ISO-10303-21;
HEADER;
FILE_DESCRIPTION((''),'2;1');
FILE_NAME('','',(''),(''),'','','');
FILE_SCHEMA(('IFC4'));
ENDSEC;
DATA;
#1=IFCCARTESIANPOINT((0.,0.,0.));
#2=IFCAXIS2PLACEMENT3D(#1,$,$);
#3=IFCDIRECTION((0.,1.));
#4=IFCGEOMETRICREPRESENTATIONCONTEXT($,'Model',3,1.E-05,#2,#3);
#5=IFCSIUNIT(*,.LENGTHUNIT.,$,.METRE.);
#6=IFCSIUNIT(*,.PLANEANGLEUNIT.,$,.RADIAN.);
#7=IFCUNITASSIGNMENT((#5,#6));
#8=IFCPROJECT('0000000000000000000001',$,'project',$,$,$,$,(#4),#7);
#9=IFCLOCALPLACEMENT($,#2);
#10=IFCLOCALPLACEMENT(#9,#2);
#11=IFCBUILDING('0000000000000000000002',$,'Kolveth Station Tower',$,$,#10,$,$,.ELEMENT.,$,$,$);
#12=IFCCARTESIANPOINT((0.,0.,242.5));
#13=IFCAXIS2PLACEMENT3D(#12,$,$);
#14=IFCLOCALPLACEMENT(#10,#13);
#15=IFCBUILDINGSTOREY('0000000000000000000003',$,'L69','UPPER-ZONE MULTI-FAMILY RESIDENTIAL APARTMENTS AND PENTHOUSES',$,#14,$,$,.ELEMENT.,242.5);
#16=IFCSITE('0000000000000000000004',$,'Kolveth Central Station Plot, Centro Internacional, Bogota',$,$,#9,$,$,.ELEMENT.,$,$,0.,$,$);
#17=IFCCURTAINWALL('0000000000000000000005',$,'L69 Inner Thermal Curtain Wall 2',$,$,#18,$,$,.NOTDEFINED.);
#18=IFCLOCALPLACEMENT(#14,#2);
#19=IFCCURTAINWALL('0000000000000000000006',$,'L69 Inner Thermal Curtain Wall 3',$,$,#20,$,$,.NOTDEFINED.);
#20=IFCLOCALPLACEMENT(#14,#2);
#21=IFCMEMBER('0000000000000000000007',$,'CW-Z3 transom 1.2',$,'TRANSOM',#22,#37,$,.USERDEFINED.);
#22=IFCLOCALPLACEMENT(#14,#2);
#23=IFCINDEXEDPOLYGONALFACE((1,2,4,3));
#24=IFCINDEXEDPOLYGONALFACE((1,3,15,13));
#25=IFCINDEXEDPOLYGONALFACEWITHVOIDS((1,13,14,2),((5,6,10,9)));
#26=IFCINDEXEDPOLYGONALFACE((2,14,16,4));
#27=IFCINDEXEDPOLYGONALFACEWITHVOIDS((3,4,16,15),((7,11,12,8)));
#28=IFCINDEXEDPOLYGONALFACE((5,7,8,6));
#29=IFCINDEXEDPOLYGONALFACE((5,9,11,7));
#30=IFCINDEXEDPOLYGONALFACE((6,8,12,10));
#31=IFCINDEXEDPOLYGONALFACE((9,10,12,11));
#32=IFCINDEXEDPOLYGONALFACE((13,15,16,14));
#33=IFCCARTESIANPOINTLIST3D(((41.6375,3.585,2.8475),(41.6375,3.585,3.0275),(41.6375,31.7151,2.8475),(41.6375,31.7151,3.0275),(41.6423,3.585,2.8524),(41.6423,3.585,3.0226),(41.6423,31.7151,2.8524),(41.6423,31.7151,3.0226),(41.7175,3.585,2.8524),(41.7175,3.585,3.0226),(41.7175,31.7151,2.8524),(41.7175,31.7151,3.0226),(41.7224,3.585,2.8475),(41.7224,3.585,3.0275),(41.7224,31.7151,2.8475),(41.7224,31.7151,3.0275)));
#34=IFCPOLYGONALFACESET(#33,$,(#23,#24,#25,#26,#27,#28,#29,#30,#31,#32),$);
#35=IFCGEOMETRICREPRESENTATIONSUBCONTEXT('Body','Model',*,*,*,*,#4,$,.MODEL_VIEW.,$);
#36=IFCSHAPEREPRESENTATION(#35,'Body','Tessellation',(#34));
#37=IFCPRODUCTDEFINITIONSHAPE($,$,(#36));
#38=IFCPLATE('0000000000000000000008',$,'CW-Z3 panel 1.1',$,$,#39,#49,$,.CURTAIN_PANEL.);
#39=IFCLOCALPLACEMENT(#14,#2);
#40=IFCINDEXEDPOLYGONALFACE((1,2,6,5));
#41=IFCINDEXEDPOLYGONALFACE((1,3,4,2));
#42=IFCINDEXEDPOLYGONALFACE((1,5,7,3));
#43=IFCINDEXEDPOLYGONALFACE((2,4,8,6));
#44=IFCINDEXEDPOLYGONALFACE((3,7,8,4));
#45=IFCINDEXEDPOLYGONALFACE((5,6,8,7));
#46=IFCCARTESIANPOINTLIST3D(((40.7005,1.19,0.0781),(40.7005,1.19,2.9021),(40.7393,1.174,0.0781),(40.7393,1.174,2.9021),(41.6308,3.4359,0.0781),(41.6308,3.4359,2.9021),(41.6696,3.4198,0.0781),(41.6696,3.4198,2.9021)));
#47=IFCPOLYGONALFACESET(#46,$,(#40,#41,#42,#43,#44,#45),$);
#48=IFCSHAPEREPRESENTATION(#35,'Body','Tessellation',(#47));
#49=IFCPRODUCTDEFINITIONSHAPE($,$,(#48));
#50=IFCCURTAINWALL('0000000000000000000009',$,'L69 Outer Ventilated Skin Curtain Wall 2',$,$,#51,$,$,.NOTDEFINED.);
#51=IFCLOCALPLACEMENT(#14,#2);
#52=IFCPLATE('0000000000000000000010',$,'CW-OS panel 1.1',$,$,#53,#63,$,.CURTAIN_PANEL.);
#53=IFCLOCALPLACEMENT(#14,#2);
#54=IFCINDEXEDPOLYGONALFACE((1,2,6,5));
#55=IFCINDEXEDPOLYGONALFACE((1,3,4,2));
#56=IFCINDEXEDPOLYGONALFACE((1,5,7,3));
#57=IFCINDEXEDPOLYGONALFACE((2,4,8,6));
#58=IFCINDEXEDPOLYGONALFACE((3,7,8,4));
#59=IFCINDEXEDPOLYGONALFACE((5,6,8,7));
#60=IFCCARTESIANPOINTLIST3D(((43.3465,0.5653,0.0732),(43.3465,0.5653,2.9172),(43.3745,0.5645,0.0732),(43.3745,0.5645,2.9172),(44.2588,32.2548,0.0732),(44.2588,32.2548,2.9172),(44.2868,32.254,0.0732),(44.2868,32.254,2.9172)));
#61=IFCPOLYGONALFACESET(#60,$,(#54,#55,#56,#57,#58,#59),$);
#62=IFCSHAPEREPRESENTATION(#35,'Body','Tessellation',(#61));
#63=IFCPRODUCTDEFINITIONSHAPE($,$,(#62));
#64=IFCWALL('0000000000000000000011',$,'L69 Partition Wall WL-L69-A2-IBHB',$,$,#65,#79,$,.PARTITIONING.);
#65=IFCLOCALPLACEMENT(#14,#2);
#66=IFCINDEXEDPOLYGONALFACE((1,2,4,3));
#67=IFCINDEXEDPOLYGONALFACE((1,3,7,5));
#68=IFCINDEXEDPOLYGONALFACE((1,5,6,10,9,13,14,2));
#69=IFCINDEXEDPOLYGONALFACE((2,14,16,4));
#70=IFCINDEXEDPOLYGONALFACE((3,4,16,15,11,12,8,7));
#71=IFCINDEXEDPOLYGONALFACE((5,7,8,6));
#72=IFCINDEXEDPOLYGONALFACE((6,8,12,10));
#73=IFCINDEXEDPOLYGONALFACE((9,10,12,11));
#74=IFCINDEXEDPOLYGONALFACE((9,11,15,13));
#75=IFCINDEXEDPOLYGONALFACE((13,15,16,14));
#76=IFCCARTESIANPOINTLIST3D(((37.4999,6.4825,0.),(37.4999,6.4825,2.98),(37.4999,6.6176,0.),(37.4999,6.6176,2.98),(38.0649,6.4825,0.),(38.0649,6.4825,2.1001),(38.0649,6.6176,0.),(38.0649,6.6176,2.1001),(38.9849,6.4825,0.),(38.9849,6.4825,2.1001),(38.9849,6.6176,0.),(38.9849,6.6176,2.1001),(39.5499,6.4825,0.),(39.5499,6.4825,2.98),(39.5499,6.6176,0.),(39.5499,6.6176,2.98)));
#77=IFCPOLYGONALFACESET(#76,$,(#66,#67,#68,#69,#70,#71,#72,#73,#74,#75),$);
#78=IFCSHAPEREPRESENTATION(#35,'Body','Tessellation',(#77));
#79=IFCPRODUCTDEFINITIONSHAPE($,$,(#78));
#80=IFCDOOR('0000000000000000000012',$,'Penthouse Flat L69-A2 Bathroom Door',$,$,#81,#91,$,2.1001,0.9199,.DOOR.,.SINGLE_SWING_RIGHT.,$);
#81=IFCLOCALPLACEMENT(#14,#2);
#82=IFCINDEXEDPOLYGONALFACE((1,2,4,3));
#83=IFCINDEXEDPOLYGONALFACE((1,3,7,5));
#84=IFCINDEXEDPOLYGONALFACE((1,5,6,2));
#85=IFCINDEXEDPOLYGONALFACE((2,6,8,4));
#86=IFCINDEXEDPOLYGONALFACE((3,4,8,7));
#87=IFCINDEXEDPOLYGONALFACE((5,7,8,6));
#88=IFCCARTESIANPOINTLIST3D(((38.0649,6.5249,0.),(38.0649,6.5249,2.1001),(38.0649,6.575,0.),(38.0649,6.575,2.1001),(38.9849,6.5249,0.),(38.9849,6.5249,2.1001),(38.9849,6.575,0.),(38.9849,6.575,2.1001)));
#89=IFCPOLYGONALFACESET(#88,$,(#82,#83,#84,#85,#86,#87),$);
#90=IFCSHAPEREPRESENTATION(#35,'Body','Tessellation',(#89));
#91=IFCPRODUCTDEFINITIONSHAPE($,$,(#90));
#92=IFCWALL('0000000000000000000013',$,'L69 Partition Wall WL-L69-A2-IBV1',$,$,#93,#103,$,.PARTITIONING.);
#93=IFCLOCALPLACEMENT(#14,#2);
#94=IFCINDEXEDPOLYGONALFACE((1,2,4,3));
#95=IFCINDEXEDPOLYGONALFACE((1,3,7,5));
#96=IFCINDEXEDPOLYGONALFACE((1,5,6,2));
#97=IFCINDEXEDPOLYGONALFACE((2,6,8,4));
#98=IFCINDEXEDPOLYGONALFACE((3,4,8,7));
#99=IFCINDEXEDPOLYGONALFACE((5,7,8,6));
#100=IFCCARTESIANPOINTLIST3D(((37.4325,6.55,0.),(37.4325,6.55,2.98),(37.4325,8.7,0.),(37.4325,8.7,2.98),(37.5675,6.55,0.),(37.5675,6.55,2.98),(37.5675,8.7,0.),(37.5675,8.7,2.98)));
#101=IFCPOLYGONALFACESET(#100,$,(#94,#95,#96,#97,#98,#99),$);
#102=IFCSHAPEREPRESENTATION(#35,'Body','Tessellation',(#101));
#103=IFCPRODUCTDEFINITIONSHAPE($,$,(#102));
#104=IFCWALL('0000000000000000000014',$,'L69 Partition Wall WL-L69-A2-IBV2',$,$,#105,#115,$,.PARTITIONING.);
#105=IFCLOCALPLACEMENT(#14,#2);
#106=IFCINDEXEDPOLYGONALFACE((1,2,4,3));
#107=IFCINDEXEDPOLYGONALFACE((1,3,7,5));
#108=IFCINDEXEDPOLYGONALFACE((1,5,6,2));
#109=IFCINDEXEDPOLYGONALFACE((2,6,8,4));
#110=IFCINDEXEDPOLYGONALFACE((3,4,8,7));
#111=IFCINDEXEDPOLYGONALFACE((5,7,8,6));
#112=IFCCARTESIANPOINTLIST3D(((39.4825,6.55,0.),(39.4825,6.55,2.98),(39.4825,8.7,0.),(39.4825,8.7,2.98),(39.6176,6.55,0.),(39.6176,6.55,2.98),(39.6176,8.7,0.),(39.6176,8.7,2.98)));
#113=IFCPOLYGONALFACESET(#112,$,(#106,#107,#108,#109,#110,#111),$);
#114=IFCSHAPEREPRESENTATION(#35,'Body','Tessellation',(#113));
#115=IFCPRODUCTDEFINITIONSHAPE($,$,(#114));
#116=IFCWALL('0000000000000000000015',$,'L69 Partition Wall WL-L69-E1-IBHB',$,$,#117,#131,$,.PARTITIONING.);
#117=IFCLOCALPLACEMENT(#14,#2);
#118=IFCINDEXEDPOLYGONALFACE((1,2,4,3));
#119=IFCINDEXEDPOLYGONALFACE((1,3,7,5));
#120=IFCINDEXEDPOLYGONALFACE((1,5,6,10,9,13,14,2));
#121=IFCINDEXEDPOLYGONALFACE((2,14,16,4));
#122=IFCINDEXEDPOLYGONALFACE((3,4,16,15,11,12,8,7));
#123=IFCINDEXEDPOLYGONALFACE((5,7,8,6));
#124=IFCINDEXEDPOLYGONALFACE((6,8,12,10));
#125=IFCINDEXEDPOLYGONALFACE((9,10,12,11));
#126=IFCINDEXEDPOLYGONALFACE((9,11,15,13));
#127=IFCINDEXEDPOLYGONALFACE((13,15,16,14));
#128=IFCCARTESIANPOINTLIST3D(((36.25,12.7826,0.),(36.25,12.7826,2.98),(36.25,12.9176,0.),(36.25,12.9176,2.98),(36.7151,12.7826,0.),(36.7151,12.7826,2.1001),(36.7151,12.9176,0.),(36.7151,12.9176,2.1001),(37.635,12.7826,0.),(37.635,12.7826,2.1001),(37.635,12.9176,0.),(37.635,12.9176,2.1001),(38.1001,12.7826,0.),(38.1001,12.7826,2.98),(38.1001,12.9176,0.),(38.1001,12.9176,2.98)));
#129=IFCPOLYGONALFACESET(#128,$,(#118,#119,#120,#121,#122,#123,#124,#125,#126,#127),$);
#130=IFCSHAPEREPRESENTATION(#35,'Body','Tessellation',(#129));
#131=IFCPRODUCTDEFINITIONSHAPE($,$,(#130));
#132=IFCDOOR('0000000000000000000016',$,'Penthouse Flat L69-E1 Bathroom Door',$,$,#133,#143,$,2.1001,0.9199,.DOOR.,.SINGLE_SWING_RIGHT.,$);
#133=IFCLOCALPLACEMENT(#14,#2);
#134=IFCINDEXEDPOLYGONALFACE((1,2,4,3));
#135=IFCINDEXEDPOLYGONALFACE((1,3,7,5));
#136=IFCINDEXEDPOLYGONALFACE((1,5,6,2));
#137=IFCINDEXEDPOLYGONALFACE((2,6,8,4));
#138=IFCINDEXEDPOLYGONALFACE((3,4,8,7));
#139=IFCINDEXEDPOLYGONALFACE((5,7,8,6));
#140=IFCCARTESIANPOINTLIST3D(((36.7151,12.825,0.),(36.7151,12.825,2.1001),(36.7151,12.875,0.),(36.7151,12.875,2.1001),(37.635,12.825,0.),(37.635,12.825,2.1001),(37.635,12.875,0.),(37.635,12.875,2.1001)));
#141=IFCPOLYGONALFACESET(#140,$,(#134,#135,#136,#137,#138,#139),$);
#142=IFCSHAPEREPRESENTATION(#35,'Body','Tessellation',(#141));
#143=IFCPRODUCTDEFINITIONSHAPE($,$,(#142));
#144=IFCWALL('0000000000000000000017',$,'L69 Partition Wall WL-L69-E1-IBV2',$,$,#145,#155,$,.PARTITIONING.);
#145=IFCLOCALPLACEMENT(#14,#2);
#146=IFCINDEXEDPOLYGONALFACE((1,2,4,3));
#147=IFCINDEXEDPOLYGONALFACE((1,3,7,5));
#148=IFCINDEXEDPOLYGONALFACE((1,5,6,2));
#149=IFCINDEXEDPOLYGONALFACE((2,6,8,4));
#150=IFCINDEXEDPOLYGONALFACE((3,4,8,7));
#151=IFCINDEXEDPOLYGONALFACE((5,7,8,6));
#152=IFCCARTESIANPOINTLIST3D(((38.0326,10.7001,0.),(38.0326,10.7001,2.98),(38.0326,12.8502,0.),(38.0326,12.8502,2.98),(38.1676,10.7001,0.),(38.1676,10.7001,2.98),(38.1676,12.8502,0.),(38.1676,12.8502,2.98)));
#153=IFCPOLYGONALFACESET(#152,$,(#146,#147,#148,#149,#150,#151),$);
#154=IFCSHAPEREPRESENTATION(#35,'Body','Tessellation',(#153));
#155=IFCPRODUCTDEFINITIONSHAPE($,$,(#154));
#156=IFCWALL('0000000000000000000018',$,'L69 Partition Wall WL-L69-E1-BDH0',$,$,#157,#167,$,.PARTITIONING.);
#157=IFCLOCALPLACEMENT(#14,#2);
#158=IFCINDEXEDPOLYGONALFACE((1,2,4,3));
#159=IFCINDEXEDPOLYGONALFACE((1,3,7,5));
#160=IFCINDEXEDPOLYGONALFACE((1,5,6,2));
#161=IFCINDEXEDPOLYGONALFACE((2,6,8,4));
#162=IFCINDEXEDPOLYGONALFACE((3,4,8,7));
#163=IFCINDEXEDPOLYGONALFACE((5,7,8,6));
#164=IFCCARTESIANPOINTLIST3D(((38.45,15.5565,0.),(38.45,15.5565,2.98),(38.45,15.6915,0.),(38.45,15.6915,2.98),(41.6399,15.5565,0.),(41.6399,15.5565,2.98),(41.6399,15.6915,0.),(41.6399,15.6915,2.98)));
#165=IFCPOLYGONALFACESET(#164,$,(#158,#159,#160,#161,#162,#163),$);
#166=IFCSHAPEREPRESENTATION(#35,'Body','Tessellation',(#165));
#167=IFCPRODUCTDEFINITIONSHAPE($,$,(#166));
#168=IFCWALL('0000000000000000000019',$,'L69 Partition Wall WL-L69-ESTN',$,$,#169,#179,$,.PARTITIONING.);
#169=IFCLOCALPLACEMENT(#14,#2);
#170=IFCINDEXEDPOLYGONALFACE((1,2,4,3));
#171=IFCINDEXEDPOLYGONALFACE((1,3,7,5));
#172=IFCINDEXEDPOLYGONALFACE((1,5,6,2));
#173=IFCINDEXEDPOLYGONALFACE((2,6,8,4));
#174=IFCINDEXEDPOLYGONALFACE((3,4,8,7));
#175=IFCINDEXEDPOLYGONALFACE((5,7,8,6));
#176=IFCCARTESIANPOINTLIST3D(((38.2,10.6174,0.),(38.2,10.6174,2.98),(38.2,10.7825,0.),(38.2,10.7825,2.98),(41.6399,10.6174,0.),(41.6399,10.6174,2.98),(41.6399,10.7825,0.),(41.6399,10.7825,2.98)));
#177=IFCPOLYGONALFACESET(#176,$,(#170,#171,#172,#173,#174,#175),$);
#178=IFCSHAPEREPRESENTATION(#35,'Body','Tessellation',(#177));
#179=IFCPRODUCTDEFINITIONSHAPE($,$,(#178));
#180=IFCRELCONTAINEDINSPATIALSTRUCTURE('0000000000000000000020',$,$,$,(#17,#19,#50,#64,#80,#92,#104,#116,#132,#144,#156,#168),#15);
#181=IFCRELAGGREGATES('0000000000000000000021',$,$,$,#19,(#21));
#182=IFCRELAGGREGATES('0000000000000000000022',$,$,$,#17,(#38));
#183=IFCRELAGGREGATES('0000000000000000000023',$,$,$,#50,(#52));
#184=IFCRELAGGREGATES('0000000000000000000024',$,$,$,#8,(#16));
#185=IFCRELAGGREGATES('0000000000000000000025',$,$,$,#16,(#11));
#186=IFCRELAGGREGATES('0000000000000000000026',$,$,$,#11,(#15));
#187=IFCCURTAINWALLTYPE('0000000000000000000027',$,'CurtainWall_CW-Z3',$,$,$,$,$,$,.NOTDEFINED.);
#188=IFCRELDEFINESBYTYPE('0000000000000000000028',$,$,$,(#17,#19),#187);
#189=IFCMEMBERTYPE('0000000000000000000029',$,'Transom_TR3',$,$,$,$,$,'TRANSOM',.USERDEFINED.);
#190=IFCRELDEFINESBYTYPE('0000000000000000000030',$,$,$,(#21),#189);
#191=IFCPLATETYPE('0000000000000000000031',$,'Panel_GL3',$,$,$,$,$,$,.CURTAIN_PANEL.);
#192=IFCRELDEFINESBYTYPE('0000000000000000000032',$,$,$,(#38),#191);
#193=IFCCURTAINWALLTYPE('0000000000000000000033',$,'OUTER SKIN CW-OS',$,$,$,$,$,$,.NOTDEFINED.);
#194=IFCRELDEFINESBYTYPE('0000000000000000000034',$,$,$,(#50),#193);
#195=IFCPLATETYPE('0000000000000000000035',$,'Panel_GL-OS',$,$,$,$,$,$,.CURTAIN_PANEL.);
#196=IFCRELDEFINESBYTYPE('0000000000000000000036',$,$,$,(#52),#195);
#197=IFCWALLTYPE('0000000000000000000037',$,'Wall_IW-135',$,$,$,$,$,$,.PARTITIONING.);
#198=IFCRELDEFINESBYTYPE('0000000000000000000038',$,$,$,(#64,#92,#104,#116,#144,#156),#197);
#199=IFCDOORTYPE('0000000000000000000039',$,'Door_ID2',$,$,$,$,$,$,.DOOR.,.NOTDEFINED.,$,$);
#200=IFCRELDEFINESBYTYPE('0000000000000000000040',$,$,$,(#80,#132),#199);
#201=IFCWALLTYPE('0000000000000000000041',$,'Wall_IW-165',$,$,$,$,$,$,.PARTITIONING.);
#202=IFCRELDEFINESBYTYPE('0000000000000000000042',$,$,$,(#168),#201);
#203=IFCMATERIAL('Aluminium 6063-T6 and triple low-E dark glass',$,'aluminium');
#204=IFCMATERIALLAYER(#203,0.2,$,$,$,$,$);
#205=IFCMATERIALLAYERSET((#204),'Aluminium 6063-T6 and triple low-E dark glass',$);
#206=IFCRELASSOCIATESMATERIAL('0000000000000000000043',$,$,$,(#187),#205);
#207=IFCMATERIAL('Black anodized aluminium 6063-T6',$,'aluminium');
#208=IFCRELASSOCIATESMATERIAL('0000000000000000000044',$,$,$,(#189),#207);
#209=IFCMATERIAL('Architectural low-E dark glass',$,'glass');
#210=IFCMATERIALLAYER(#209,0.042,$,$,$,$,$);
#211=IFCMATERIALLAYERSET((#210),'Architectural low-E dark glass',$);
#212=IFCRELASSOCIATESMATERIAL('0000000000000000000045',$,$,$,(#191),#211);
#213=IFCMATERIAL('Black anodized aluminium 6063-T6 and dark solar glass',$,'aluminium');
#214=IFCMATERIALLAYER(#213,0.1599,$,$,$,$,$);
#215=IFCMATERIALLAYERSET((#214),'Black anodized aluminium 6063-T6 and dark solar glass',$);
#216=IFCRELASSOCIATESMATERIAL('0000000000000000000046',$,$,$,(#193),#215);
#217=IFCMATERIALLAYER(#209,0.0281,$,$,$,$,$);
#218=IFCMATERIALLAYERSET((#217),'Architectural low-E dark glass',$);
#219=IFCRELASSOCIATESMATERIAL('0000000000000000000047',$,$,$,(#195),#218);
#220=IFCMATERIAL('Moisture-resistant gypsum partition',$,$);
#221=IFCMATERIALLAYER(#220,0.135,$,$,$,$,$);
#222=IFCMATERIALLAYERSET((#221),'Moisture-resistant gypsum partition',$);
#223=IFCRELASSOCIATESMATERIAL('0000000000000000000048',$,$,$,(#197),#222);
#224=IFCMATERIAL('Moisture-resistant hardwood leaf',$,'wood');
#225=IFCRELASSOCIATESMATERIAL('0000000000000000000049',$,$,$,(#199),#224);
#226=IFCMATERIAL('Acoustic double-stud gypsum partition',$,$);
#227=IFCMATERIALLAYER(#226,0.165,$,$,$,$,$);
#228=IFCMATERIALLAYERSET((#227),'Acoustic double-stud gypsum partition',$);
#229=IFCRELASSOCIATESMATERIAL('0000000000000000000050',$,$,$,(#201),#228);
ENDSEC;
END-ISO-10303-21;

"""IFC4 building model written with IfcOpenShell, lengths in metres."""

from ifc_helpers import new_model, si_unit, direction, frame, frame_2d, origin, origin_2d, place, context, subcontext, project, spatial, rectangle, hollow_rectangle, extrude, source, transform, mapped, material, layer, layer_set, material_profile, profile_set, type_object, element, fill, aggregate, save


model = new_model("IFC4")

# Units and contexts
model_context = context("Model", 3, precision=1e-05, world=origin(), true_north=direction((0.0, 1.0)))
body_context = subcontext(model_context, "Body", "Model", "MODEL_VIEW")
ifc_project = project(units=[si_unit("LENGTHUNIT", "METRE"), si_unit("PLANEANGLEUNIT", "RADIAN")], contexts=[model_context])

# Site, building, storey
site_placement = place(None, origin())
site = spatial("IfcSite", under=ifc_project, at=site_placement, Name="Kolveth Central Station Plot, Centro Internacional, Bogota", CompositionType="ELEMENT", RefElevation=0.0)
building_placement = place(site_placement, origin())
building = spatial("IfcBuilding", under=site, at=building_placement, Name="Kolveth Station Tower", CompositionType="ELEMENT")
storey_placement = place(building_placement, frame((0.0, 0.0, 242.5)))
storey = spatial("IfcBuildingStorey", under=building, at=storey_placement, Name="L69", Description="UPPER-ZONE MULTI-FAMILY RESIDENTIAL APARTMENTS AND PENTHOUSES", CompositionType="ELEMENT", Elevation=242.5)

# Curtain walls
ifc_material_1 = material(Name="Aluminium 6063-T6 and triple low-E dark glass", Category="aluminium")
ifc_layer_1 = layer(ifc_material_1, 0.2)
ifc_layer_set_1 = layer_set([ifc_layer_1], Name="Aluminium 6063-T6 and triple low-E dark glass")
curtain_wall_type_1 = type_object("IfcCurtainWallType", Name="CurtainWall_CW-Z3", PredefinedType="NOTDEFINED", material=ifc_layer_set_1)
curtain_wall_1_placement = place(storey_placement, origin())
curtain_wall_1 = element("IfcCurtainWall", 1, at=curtain_wall_1_placement, inside=storey, type_object=curtain_wall_type_1, Name="L69 Inner Thermal Curtain Wall 2", PredefinedType="NOTDEFINED")
ifc_material_2 = material(Name="Black anodized aluminium 6063-T6", Category="aluminium")
curtain_wall_2_placement = place(storey_placement, origin())
curtain_wall_2 = element("IfcCurtainWall", 2, at=curtain_wall_2_placement, inside=storey, type_object=curtain_wall_type_1, Name="L69 Inner Thermal Curtain Wall 3", PredefinedType="NOTDEFINED")

# Member
ifc_material_profile_1 = material_profile(ifc_material_2, hollow_rectangle(XDim=0.085, YDim=0.1799, WallThickness=0.0049, at=origin_2d()), Name="ALU-85x180x5")
ifc_profile_set_1 = profile_set([ifc_material_profile_1], Name="Black anodized aluminium 6063-T6")
member_type_1 = type_object("IfcMemberType", Name="Transom_TR3", ElementType="TRANSOM", PredefinedType="USERDEFINED", material=ifc_profile_set_1)
shared_shape_1 = source(origin(), body_context, "Body", "SweptSolid", [
    extrude(hollow_rectangle(XDim=0.085, YDim=0.1799, WallThickness=0.0049, at=origin_2d()), origin(), (0.0, 0.0, 1.0), 28.1301),
])
member_1_placement = place(storey_placement, frame((41.6799, 3.585, 2.9375), z_axis=(0.0, 1.0, 0.0), x_axis=(-1.0, 0.0, 0.0)))
member_1 = element("IfcMember", 3, at=member_1_placement, type_object=member_type_1, Name="CW-Z3 transom 1.2", ObjectType="TRANSOM", PredefinedType="USERDEFINED", context=body_context, shape_type="MappedRepresentation", body=[
    mapped(shared_shape_1, transform((0.0, 0.0, 0.0), x_axis=(1.0, 0.0, 0.0), y_axis=(0.0, 1.0, 0.0), z_axis=(0.0, 0.0, 1.0), scale=1.0)),
])
aggregate(curtain_wall_2, [member_1])

# Plate
ifc_material_3 = material(Name="Architectural low-E dark glass", Category="glass")
ifc_layer_2 = layer(ifc_material_3, 0.042)
ifc_layer_set_2 = layer_set([ifc_layer_2], Name="Architectural low-E dark glass")
plate_type_1 = type_object("IfcPlateType", Name="Panel_GL3", PredefinedType="CURTAIN_PANEL", material=ifc_layer_set_2)
shared_shape_2 = source(origin(), body_context, "Body", "SweptSolid", [
    extrude(rectangle(XDim=2.4309, YDim=0.042, at=origin_2d()), origin(), (0.0, 0.0, 1.0), 2.824),
])
plate_1_placement = place(storey_placement, frame((41.1851, 2.3049, 0.0781), z_axis=(0.0, 0.0, 1.0), x_axis=(0.382693, 0.923875, 0.0)))
plate_1 = element("IfcPlate", 4, at=plate_1_placement, type_object=plate_type_1, Name="CW-Z3 panel 1.1", PredefinedType="CURTAIN_PANEL", context=body_context, shape_type="MappedRepresentation", body=[
    mapped(shared_shape_2, transform((0.0, 0.0, 0.0), x_axis=(1.0, 0.0, 0.0), y_axis=(0.0, 1.0, 0.0), z_axis=(0.0, 0.0, 1.0), scale=1.0)),
])
aggregate(curtain_wall_1, [plate_1])

# Curtain wall, plate
ifc_material_4 = material(Name="Black anodized aluminium 6063-T6 and dark solar glass", Category="aluminium")
ifc_layer_3 = layer(ifc_material_4, 0.1599)
ifc_layer_set_3 = layer_set([ifc_layer_3], Name="Black anodized aluminium 6063-T6 and dark solar glass")
curtain_wall_type_2 = type_object("IfcCurtainWallType", Name="OUTER SKIN CW-OS", PredefinedType="NOTDEFINED", material=ifc_layer_set_3)
curtain_wall_3_placement = place(storey_placement, origin())
curtain_wall_3 = element("IfcCurtainWall", 5, at=curtain_wall_3_placement, inside=storey, type_object=curtain_wall_type_2, Name="L69 Outer Ventilated Skin Curtain Wall 2", PredefinedType="NOTDEFINED")
ifc_layer_4 = layer(ifc_material_3, 0.0281)
ifc_layer_set_4 = layer_set([ifc_layer_4], Name="Architectural low-E dark glass")
plate_type_2 = type_object("IfcPlateType", Name="Panel_GL-OS", PredefinedType="CURTAIN_PANEL", material=ifc_layer_set_4)
shared_shape_3 = source(origin(), body_context, "Body", "SweptSolid", [
    extrude(rectangle(XDim=31.7026, YDim=0.0281, at=origin_2d()), origin(), (0.0, 0.0, 1.0), 2.844),
])
plate_2_placement = place(storey_placement, frame((43.8167, 16.4097, 0.0732), z_axis=(0.0, 0.0, 1.0), x_axis=(0.028778, 0.999586, 0.0)))
plate_2 = element("IfcPlate", 6, at=plate_2_placement, type_object=plate_type_2, Name="CW-OS panel 1.1", PredefinedType="CURTAIN_PANEL", context=body_context, shape_type="MappedRepresentation", body=[
    mapped(shared_shape_3, transform((0.0, 0.0, 0.0), x_axis=(1.0, 0.0, 0.0), y_axis=(0.0, 1.0, 0.0), z_axis=(0.0, 0.0, 1.0), scale=1.0)),
])
aggregate(curtain_wall_3, [plate_2])

# Wall, opening, door
ifc_material_5 = material(Name="Moisture-resistant gypsum partition")
ifc_layer_5 = layer(ifc_material_5, 0.135)
ifc_layer_set_5 = layer_set([ifc_layer_5], Name="Moisture-resistant gypsum partition")
wall_type_1 = type_object("IfcWallType", Name="Wall_IW-135", PredefinedType="PARTITIONING", material=ifc_layer_set_5)
wall_1_placement = place(storey_placement, frame((37.5, 6.55, 0.0), z_axis=(0.0, 0.0, 1.0), x_axis=(1.0, 0.0, 0.0)))
wall_1 = element("IfcWall", 7, at=wall_1_placement, inside=storey, type_object=wall_type_1, Name="L69 Partition Wall WL-L69-A2-IBHB", PredefinedType="PARTITIONING", context=body_context, shape_type="SweptSolid", body=[
    extrude(rectangle(XDim=2.05, YDim=0.135, at=frame_2d((1.0249, 0.0))), origin(), (0.0, 0.0, 1.0), 2.98),
])
opening_1_placement = place(wall_1_placement, frame((0.5649, 0.0, 0.0)))
opening_1 = element("IfcOpeningElement", 8, at=opening_1_placement, cuts=wall_1, PredefinedType="OPENING", context=body_context, shape_type="SweptSolid", body=[
    extrude(rectangle(XDim=0.9199, YDim=2.1001, at=frame_2d((0.46, 1.05))), frame((0.0, 0.0774, 0.0), z_axis=(0.0, -1.0, 0.0), x_axis=(1.0, 0.0, 0.0)), (0.0, 0.0, 1.0), 0.155),
])
ifc_material_6 = material(Name="Moisture-resistant hardwood leaf", Category="wood")
door_type_1 = type_object("IfcDoorType", Name="Door_ID2", OperationType="NOTDEFINED", PredefinedType="DOOR", material=ifc_material_6)
door_1_placement = place(opening_1_placement, origin())
door_1 = element("IfcDoor", 9, at=door_1_placement, inside=storey, type_object=door_type_1, Name="Penthouse Flat L69-A2 Bathroom Door", OperationType="SINGLE_SWING_RIGHT", OverallHeight=2.1001, OverallWidth=0.9199, PredefinedType="DOOR", context=body_context, shape_type="SweptSolid", body=[
    extrude(rectangle(XDim=0.9199, YDim=2.1001, at=frame_2d((0.46, 1.05))), frame((0.0, 0.0249, 0.0), z_axis=(0.0, -1.0, 0.0), x_axis=(1.0, 0.0, 0.0)), (0.0, 0.0, 1.0), 0.05),
])
fill(opening_1, door_1)

# Walls
for number, where, z_axis, x_axis, name in (
    (10, (37.5, 6.55, 0.0), (0.0, 0.0, 1.0), (0.0, 1.0, 0.0), "L69 Partition Wall WL-L69-A2-IBV1"),
    (11, (39.55, 6.55, 0.0), (0.0, 0.0, 1.0), (0.0, 1.0, 0.0), "L69 Partition Wall WL-L69-A2-IBV2"),
):
    element("IfcWall", number, at=place(storey_placement, frame(where, z_axis=z_axis, x_axis=x_axis)), inside=storey, type_object=wall_type_1, Name=name, PredefinedType="PARTITIONING", context=body_context, shape_type="SweptSolid", body=[
        extrude(rectangle(XDim=2.1499, YDim=0.135, at=frame_2d((1.075, 0.0))), origin(), (0.0, 0.0, 1.0), 2.98),
    ])

# Wall, opening, door
wall_2_placement = place(storey_placement, frame((36.25, 12.8501, 0.0), z_axis=(0.0, 0.0, 1.0), x_axis=(1.0, 0.0, 0.0)))
wall_2 = element("IfcWall", 12, at=wall_2_placement, inside=storey, type_object=wall_type_1, Name="L69 Partition Wall WL-L69-E1-IBHB", PredefinedType="PARTITIONING", context=body_context, shape_type="SweptSolid", body=[
    extrude(rectangle(XDim=1.8501, YDim=0.135, at=frame_2d((0.925, 0.0))), origin(), (0.0, 0.0, 1.0), 2.98),
])
opening_2_placement = place(wall_2_placement, frame((0.4651, 0.0, 0.0)))
opening_2 = element("IfcOpeningElement", 13, at=opening_2_placement, cuts=wall_2, PredefinedType="OPENING", context=body_context, shape_type="SweptSolid", body=[
    extrude(rectangle(XDim=0.9199, YDim=2.1001, at=frame_2d((0.46, 1.05))), frame((0.0, 0.0774, 0.0), z_axis=(0.0, -1.0, 0.0), x_axis=(1.0, 0.0, 0.0)), (0.0, 0.0, 1.0), 0.155),
])
door_2_placement = place(opening_2_placement, origin())
door_2 = element("IfcDoor", 14, at=door_2_placement, inside=storey, type_object=door_type_1, Name="Penthouse Flat L69-E1 Bathroom Door", OperationType="SINGLE_SWING_RIGHT", OverallHeight=2.1001, OverallWidth=0.9199, PredefinedType="DOOR", context=body_context, shape_type="SweptSolid", body=[
    extrude(rectangle(XDim=0.9199, YDim=2.1001, at=frame_2d((0.46, 1.05))), frame((0.0, 0.0249, 0.0), z_axis=(0.0, -1.0, 0.0), x_axis=(1.0, 0.0, 0.0)), (0.0, 0.0, 1.0), 0.05),
])
fill(opening_2, door_2)

# Walls
wall_3_placement = place(storey_placement, frame((38.1001, 10.7, 0.0), z_axis=(0.0, 0.0, 1.0), x_axis=(0.0, 1.0, 0.0)))
element("IfcWall", 15, at=wall_3_placement, inside=storey, type_object=wall_type_1, Name="L69 Partition Wall WL-L69-E1-IBV2", PredefinedType="PARTITIONING", context=body_context, shape_type="SweptSolid", body=[
    extrude(rectangle(XDim=2.1501, YDim=0.135, at=frame_2d((1.0752, 0.0))), origin(), (0.0, 0.0, 1.0), 2.98),
])
wall_4_placement = place(storey_placement, frame((38.45, 15.624, 0.0), z_axis=(0.0, 0.0, 1.0), x_axis=(1.0, 0.0, 0.0)))
element("IfcWall", 16, at=wall_4_placement, inside=storey, type_object=wall_type_1, Name="L69 Partition Wall WL-L69-E1-BDH0", PredefinedType="PARTITIONING", context=body_context, shape_type="SweptSolid", body=[
    extrude(rectangle(XDim=3.1899, YDim=0.135, at=frame_2d((1.595, 0.0))), origin(), (0.0, 0.0, 1.0), 2.98),
])

# Shared definitions
ifc_material_7 = material(Name="Acoustic double-stud gypsum partition")
ifc_layer_6 = layer(ifc_material_7, 0.165)
ifc_layer_set_6 = layer_set([ifc_layer_6], Name="Acoustic double-stud gypsum partition")
wall_type_2 = type_object("IfcWallType", Name="Wall_IW-165", PredefinedType="PARTITIONING", material=ifc_layer_set_6)

# Wall
wall_5_placement = place(storey_placement, frame((38.2, 10.7, 0.0), z_axis=(0.0, 0.0, 1.0), x_axis=(1.0, 0.0, 0.0)))
element("IfcWall", 17, at=wall_5_placement, inside=storey, type_object=wall_type_2, Name="L69 Partition Wall WL-L69-ESTN", PredefinedType="PARTITIONING", context=body_context, shape_type="SweptSolid", body=[
    extrude(rectangle(XDim=3.4399, YDim=0.165, at=frame_2d((1.72, 0.0))), origin(), (0.0, 0.0, 1.0), 2.98),
])

save(model, "model.ifc")
